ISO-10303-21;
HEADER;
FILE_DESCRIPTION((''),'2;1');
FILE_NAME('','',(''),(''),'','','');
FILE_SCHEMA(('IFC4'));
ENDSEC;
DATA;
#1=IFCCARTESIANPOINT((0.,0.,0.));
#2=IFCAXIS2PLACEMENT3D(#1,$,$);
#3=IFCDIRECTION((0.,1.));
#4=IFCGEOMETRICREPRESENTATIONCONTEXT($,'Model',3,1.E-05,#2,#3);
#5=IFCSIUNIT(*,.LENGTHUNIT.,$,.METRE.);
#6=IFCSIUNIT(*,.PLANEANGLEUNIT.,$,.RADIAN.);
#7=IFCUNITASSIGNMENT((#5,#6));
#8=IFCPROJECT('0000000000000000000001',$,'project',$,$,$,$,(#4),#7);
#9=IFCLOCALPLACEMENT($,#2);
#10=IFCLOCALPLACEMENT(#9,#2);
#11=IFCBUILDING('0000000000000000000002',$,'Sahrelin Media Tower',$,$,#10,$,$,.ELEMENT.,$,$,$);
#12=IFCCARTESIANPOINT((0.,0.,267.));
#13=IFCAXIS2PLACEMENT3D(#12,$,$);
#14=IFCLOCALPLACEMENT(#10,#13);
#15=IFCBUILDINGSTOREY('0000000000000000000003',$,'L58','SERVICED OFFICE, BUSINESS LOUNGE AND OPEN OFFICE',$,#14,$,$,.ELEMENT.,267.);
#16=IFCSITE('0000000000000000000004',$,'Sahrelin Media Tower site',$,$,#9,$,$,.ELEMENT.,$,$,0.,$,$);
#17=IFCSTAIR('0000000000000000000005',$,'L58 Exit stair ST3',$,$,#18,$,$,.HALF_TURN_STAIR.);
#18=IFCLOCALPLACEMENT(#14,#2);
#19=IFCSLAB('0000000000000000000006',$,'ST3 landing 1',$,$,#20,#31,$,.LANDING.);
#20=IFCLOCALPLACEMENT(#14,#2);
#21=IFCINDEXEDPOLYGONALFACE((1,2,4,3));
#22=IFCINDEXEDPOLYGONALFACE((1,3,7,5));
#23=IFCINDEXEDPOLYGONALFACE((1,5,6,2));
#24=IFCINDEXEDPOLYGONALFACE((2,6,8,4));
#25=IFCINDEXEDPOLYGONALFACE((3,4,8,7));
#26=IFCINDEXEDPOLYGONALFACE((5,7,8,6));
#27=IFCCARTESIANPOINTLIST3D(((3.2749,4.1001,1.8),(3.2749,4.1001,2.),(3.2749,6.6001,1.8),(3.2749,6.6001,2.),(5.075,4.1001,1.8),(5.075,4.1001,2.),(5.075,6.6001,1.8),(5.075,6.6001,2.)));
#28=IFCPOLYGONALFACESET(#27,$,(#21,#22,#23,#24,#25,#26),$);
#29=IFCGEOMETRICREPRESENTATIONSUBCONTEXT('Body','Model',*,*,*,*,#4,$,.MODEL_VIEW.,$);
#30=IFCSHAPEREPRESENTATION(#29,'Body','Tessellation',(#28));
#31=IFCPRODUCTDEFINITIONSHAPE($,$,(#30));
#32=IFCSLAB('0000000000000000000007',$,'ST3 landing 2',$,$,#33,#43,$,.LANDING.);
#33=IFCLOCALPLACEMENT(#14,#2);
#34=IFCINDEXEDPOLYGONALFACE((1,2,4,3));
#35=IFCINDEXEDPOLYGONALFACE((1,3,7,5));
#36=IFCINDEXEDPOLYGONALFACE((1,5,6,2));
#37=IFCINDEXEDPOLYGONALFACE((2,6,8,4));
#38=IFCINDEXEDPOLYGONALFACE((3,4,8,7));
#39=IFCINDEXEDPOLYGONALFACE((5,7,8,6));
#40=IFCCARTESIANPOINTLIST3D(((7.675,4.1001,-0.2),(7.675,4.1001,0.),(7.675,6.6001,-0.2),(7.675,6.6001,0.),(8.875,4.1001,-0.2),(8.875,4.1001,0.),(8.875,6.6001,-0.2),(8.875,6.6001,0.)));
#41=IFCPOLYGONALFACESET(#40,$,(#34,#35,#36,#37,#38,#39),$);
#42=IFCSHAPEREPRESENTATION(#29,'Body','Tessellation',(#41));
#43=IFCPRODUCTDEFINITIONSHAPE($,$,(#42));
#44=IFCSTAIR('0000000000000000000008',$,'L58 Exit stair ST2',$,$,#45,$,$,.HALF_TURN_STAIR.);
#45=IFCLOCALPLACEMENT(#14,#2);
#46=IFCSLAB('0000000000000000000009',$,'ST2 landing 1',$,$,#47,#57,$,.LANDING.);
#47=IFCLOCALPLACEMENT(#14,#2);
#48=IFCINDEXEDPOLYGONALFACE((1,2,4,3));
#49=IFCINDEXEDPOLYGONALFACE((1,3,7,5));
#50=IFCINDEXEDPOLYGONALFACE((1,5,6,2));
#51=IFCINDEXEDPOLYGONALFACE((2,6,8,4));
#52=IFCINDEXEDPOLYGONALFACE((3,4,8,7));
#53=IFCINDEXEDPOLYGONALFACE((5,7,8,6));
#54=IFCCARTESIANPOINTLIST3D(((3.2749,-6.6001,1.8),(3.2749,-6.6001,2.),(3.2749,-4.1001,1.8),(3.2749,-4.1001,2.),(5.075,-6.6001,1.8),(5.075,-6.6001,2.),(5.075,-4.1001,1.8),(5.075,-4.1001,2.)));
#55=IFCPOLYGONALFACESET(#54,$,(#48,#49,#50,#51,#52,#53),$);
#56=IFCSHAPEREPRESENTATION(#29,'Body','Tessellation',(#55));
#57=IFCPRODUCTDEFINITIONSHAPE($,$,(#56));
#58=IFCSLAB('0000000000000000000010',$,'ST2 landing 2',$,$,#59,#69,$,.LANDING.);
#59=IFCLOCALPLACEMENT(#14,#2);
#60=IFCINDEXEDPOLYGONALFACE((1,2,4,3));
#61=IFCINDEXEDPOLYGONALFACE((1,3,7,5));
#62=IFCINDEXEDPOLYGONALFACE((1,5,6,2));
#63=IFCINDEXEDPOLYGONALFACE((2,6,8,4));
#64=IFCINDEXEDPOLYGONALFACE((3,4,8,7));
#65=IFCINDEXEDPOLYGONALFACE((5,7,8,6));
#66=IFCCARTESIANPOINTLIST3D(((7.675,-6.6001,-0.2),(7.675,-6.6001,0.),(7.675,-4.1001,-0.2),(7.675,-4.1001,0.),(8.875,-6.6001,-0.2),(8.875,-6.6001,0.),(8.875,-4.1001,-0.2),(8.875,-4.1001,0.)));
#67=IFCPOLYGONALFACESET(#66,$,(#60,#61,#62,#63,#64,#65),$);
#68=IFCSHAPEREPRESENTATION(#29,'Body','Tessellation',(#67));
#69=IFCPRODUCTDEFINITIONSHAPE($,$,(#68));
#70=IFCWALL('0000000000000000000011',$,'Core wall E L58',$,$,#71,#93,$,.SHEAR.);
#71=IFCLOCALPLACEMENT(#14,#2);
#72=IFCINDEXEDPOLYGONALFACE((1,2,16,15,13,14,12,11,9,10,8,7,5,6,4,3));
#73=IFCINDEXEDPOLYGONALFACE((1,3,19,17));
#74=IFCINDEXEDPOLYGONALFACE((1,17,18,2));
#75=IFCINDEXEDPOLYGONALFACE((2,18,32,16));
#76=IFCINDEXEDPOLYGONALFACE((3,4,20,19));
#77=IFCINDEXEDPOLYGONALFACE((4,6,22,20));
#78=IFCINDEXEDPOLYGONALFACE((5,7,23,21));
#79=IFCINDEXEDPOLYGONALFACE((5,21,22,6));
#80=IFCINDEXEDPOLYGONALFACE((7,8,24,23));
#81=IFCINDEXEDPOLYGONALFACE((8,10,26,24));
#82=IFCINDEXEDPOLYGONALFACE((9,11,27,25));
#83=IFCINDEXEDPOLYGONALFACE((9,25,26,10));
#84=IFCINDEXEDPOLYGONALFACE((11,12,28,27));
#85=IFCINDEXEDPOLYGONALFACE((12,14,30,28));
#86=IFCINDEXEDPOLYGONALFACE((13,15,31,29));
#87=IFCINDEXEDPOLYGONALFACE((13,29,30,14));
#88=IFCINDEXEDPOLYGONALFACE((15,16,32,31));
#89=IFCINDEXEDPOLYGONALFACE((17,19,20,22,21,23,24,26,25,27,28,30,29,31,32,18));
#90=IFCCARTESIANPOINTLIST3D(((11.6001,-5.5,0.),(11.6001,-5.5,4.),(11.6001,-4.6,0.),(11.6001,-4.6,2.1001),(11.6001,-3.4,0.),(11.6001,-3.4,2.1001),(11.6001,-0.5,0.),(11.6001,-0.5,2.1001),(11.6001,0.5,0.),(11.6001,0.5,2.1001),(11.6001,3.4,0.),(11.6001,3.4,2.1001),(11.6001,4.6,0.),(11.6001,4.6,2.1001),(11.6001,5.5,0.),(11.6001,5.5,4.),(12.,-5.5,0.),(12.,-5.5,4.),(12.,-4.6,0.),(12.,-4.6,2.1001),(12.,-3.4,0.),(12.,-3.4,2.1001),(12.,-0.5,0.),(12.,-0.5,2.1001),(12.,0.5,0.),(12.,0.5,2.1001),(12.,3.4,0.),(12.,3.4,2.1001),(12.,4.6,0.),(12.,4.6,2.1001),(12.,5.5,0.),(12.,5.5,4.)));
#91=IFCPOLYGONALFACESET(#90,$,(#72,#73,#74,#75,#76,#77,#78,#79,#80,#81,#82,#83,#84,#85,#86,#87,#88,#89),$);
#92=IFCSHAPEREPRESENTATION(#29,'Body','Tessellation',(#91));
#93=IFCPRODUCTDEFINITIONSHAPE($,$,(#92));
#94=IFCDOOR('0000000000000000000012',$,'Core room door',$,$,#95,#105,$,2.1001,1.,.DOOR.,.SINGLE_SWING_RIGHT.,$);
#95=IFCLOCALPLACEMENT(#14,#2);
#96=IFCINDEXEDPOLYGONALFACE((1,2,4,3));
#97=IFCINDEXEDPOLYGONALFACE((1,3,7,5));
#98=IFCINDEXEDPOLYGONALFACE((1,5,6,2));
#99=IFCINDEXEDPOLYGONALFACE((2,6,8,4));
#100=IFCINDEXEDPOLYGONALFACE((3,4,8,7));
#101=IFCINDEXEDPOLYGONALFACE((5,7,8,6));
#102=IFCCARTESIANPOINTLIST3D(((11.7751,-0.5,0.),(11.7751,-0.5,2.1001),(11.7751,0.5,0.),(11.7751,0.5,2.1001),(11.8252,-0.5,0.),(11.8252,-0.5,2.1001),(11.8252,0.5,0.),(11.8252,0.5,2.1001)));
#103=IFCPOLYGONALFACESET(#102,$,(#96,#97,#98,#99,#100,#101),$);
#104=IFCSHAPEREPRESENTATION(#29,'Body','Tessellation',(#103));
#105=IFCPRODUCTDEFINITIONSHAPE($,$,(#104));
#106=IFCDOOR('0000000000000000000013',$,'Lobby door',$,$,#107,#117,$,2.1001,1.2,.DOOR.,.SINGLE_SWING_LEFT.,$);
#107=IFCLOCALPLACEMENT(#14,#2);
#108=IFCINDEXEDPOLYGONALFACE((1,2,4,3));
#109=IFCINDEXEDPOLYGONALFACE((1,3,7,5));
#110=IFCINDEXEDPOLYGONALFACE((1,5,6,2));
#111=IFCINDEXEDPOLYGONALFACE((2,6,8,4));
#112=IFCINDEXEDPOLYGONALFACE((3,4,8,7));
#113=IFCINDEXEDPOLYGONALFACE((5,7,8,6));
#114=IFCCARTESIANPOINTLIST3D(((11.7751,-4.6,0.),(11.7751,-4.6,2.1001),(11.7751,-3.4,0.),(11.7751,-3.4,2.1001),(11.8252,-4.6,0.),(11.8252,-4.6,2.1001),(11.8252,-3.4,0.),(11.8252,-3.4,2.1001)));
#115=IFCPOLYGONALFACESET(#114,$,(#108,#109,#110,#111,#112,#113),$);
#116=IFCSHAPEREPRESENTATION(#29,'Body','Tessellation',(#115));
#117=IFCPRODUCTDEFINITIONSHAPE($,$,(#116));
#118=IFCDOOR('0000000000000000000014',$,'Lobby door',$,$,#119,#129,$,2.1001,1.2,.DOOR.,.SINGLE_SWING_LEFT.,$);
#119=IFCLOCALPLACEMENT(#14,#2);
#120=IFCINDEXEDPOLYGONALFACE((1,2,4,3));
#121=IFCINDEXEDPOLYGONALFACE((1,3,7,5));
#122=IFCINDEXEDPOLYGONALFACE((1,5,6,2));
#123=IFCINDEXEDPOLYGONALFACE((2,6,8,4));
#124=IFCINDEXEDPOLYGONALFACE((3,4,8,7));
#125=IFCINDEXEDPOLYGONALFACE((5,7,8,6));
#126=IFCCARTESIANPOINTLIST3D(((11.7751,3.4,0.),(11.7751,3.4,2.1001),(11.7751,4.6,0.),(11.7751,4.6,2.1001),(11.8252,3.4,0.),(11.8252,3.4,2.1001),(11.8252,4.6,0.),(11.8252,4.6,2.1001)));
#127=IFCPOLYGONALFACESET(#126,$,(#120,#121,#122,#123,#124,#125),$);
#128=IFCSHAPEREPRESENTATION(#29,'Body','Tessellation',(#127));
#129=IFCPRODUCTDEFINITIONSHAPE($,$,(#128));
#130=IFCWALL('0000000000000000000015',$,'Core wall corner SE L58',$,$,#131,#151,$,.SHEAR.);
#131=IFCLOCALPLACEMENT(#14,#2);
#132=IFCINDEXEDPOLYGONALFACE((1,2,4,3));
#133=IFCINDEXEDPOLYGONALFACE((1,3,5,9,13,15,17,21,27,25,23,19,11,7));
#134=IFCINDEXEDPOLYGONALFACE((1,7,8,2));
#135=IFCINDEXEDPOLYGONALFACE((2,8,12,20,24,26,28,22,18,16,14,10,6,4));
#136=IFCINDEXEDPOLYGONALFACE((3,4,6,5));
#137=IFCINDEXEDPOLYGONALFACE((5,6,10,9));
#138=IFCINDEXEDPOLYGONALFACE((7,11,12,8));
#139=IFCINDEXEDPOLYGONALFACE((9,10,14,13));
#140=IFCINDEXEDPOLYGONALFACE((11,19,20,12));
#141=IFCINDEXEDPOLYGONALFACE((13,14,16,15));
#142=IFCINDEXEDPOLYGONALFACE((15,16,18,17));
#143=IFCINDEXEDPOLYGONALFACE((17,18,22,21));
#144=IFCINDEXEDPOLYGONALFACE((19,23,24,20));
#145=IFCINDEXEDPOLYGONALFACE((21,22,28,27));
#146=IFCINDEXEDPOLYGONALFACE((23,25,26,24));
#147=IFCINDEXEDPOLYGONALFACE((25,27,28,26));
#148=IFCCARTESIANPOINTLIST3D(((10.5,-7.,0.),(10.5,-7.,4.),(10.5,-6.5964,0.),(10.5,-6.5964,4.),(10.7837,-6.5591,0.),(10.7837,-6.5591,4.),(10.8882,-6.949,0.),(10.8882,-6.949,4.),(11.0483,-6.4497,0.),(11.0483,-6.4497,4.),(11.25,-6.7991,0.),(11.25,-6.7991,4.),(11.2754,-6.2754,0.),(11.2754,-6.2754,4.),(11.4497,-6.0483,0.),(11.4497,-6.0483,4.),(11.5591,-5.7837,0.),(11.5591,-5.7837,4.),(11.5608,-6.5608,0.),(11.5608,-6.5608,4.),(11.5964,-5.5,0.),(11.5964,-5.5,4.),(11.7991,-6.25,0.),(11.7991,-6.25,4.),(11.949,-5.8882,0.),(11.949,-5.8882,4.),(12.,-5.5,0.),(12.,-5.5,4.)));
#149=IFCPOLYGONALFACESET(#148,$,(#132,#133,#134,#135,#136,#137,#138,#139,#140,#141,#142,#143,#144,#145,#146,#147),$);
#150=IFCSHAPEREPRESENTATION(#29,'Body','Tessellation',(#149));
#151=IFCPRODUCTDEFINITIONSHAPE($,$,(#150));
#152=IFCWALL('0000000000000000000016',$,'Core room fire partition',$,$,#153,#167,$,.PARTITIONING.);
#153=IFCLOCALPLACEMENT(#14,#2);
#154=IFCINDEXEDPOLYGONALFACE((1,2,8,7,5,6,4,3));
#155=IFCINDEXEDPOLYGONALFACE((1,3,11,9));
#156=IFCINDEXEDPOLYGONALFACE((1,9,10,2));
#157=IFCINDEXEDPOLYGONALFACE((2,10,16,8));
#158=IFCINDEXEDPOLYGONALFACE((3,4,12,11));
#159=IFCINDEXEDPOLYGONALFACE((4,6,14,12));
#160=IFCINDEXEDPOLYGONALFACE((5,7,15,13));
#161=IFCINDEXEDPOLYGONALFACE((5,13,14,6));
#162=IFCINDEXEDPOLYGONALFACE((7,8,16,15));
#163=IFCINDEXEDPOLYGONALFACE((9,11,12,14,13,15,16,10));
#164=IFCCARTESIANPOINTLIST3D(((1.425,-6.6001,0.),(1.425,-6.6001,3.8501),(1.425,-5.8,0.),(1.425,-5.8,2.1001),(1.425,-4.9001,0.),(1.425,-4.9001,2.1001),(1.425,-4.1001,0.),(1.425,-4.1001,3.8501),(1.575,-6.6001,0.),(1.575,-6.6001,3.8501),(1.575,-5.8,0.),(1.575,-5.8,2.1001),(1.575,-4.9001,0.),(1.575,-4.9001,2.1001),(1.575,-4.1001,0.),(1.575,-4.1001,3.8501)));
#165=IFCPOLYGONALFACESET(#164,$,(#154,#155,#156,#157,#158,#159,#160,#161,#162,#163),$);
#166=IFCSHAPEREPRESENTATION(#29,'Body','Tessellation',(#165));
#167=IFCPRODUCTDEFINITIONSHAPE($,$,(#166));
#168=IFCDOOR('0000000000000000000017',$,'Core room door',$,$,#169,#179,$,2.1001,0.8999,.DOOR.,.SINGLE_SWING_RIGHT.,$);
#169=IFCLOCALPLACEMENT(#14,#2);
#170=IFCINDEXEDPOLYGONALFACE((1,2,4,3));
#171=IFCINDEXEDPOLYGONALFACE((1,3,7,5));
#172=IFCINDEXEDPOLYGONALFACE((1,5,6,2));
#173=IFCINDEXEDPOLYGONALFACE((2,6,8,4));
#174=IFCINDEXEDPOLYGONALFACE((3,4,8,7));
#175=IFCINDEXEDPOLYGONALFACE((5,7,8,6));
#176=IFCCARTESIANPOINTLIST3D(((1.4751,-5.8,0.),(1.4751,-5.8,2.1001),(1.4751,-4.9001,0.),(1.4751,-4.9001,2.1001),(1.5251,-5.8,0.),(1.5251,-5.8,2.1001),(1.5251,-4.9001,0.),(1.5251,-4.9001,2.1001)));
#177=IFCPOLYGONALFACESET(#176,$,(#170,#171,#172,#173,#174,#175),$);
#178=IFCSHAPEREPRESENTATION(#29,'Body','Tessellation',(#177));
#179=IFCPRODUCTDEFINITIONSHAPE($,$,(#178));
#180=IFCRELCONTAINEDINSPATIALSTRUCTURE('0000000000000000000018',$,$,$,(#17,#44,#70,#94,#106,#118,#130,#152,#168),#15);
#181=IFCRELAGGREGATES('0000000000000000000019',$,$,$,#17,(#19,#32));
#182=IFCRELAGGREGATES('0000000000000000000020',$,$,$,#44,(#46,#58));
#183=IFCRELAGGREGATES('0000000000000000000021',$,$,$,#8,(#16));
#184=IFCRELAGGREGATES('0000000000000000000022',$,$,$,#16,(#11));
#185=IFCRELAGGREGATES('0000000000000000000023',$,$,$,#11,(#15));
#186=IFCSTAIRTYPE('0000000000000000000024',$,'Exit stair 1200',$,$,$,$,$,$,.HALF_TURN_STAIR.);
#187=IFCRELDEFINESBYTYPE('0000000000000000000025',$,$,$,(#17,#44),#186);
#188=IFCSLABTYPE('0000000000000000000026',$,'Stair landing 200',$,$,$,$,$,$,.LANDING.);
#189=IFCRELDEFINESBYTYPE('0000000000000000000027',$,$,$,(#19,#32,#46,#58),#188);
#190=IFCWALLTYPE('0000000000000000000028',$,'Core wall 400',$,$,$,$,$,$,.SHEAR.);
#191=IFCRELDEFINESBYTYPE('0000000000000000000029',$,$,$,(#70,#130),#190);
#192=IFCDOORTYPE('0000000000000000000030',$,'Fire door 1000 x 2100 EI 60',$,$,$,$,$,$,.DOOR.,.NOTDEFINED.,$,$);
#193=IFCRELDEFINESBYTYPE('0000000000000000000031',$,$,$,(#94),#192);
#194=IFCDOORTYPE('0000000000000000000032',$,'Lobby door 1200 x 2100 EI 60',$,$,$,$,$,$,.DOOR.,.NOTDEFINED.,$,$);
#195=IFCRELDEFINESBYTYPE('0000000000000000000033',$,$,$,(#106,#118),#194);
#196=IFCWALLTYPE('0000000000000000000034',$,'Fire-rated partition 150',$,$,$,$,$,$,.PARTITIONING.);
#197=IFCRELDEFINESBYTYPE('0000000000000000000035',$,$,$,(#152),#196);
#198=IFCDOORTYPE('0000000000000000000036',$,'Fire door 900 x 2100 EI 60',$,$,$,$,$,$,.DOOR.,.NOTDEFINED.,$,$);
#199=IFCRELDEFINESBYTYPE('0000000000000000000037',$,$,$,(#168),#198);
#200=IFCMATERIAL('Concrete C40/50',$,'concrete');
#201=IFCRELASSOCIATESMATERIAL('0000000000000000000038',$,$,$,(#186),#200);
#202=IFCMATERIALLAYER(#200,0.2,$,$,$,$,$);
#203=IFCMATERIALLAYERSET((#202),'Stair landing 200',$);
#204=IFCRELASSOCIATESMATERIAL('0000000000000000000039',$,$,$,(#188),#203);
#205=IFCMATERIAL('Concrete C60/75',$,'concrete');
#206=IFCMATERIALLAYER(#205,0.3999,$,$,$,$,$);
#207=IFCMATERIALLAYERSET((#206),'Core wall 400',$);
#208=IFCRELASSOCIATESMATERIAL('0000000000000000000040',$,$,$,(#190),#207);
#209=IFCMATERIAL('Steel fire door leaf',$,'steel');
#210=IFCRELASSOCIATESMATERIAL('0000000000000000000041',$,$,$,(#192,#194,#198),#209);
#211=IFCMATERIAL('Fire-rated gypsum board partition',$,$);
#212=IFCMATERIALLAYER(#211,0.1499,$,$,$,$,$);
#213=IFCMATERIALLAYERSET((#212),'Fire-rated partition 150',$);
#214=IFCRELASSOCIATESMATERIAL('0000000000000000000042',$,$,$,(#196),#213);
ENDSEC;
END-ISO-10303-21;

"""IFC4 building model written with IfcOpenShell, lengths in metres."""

from ifc_helpers import new_model, si_unit, direction, frame, frame_2d, origin, place, context, subcontext, project, spatial, polyline, rectangle, outline, extrude, material, layer, layer_set, type_object, element, fill, aggregate, save


model = new_model("IFC4")

# Units and contexts
model_context = context("Model", 3, precision=1e-05, world=origin(), true_north=direction((0.0, 1.0)))
body_context = subcontext(model_context, "Body", "Model", "MODEL_VIEW")
ifc_project = project(units=[si_unit("LENGTHUNIT", "METRE"), si_unit("PLANEANGLEUNIT", "RADIAN")], contexts=[model_context])

# Site, building, storey
site_placement = place(None, origin())
site = spatial("IfcSite", under=ifc_project, at=site_placement, Name="Sahrelin Media Tower site", CompositionType="ELEMENT", RefElevation=0.0)
building_placement = place(site_placement, origin())
building = spatial("IfcBuilding", under=site, at=building_placement, Name="Sahrelin Media Tower", CompositionType="ELEMENT")
storey_placement = place(building_placement, frame((0.0, 0.0, 267.0)))
storey = spatial("IfcBuildingStorey", under=building, at=storey_placement, Name="L58", Description="SERVICED OFFICE, BUSINESS LOUNGE AND OPEN OFFICE", CompositionType="ELEMENT", Elevation=267.0)

# Shared definitions
ifc_material_1 = material(Name="Concrete C40/50", Category="concrete")

# Stairs, slabs
stair_type = type_object("IfcStairType", Name="Exit stair 1200", PredefinedType="HALF_TURN_STAIR", material=ifc_material_1)
placement_1 = place(storey_placement, origin())
ifc_layer_1 = layer(ifc_material_1, 0.2)
ifc_layer_set_1 = layer_set([ifc_layer_1], Name="Stair landing 200")
slab_type_1 = type_object("IfcSlabType", Name="Stair landing 200", PredefinedType="LANDING", material=ifc_layer_set_1)
placement_2 = place(storey_placement, frame((0.0, 0.0, 1.8)))
placement_3 = place(storey_placement, frame((0.0, 0.0, -0.2)))
stair_1 = element("IfcStair", 1, at=placement_1, inside=storey, type_object=stair_type, Name="L58 Exit stair ST3", PredefinedType="HALF_TURN_STAIR")
slab_1 = element("IfcSlab", 2, at=placement_2, type_object=slab_type_1, Name="ST3 landing 1", PredefinedType="LANDING", context=body_context, shape_type="SweptSolid", body=[
    extrude(outline(polyline([(5.075, 6.6001), (3.2749, 6.6001), (3.2749, 4.1001), (5.075, 4.1001), (5.075, 6.6001)])), origin(), (0.0, 0.0, 1.0), 0.2),
])
slab_2 = element("IfcSlab", 3, at=placement_3, type_object=slab_type_1, Name="ST3 landing 2", PredefinedType="LANDING", context=body_context, shape_type="SweptSolid", body=[
    extrude(outline(polyline([(8.875, 6.6001), (7.675, 6.6001), (7.675, 4.1001), (8.875, 4.1001), (8.875, 6.6001)])), origin(), (0.0, 0.0, 1.0), 0.2),
])
aggregate(stair_1, [slab_1, slab_2])
stair_2 = element("IfcStair", 4, at=placement_1, inside=storey, type_object=stair_type, Name="L58 Exit stair ST2", PredefinedType="HALF_TURN_STAIR")
slab_3 = element("IfcSlab", 5, at=placement_2, type_object=slab_type_1, Name="ST2 landing 1", PredefinedType="LANDING", context=body_context, shape_type="SweptSolid", body=[
    extrude(outline(polyline([(5.075, -4.1001), (3.2749, -4.1001), (3.2749, -6.6001), (5.075, -6.6001), (5.075, -4.1001)])), origin(), (0.0, 0.0, 1.0), 0.2),
])
slab_4 = element("IfcSlab", 6, at=placement_3, type_object=slab_type_1, Name="ST2 landing 2", PredefinedType="LANDING", context=body_context, shape_type="SweptSolid", body=[
    extrude(outline(polyline([(8.875, -4.1001), (7.675, -4.1001), (7.675, -6.6001), (8.875, -6.6001), (8.875, -4.1001)])), origin(), (0.0, 0.0, 1.0), 0.2),
])
aggregate(stair_2, [slab_3, slab_4])

# Wall, openings, doors
ifc_material_2 = material(Name="Concrete C60/75", Category="concrete")
ifc_layer_2 = layer(ifc_material_2, 0.3999)
ifc_layer_set_2 = layer_set([ifc_layer_2], Name="Core wall 400")
wall_type_1 = type_object("IfcWallType", Name="Core wall 400", PredefinedType="SHEAR", material=ifc_layer_set_2)
wall_1_placement = place(storey_placement, frame((11.8, -5.5, 0.0), z_axis=(0.0, 0.0, 1.0), x_axis=(0.0, 1.0, 0.0)))
wall_1 = element("IfcWall", 7, at=wall_1_placement, inside=storey, type_object=wall_type_1, Name="Core wall E L58", PredefinedType="SHEAR", context=body_context, shape_type="SweptSolid", body=[
    extrude(rectangle(XDim=11.0, YDim=0.3999, at=frame_2d((5.5, 0.0))), origin(), (0.0, 0.0, 1.0), 4.0),
])
opening_1_placement = place(wall_1_placement, frame((5.0, 0.0, 0.0)))
opening_1 = element("IfcOpeningElement", 8, at=opening_1_placement, cuts=wall_1, PredefinedType="OPENING", context=body_context, shape_type="SweptSolid", body=[
    extrude(rectangle(XDim=1.0, YDim=2.1001, at=frame_2d((0.5, 1.05))), frame((0.0, 0.2, 0.0), z_axis=(0.0, -1.0, 0.0), x_axis=(1.0, 0.0, 0.0)), (0.0, 0.0, 1.0), 0.3999),
])
opening_2_placement = place(wall_1_placement, frame((0.8999, 0.0, 0.0)))
opening_2 = element("IfcOpeningElement", 9, at=opening_2_placement, cuts=wall_1, PredefinedType="OPENING", context=body_context, shape_type="SweptSolid", body=[
    extrude(rectangle(XDim=1.2, YDim=2.1001, at=frame_2d((0.6001, 1.05))), frame((0.0, 0.2, 0.0), z_axis=(0.0, -1.0, 0.0), x_axis=(1.0, 0.0, 0.0)), (0.0, 0.0, 1.0), 0.3999),
])
opening_3_placement = place(wall_1_placement, frame((8.8999, 0.0, 0.0)))
opening_3 = element("IfcOpeningElement", 10, at=opening_3_placement, cuts=wall_1, PredefinedType="OPENING", context=body_context, shape_type="SweptSolid", body=[
    extrude(rectangle(XDim=1.2, YDim=2.1001, at=frame_2d((0.6001, 1.05))), frame((0.0, 0.2, 0.0), z_axis=(0.0, -1.0, 0.0), x_axis=(1.0, 0.0, 0.0)), (0.0, 0.0, 1.0), 0.3999),
])
ifc_material_3 = material(Name="Steel fire door leaf", Category="steel")
door_type_1 = type_object("IfcDoorType", Name="Fire door 1000 x 2100 EI 60", OperationType="NOTDEFINED", PredefinedType="DOOR", material=ifc_material_3)
door_1_placement = place(opening_1_placement, origin())
door_1 = element("IfcDoor", 11, at=door_1_placement, inside=storey, type_object=door_type_1, Name="Core room door", OperationType="SINGLE_SWING_RIGHT", OverallHeight=2.1001, OverallWidth=1.0, PredefinedType="DOOR", context=body_context, shape_type="SweptSolid", body=[
    extrude(rectangle(XDim=1.0, YDim=2.1001, at=frame_2d((0.5, 1.05))), frame((0.0, 0.0249, 0.0), z_axis=(0.0, -1.0, 0.0), x_axis=(1.0, 0.0, 0.0)), (0.0, 0.0, 1.0), 0.05),
])
fill(opening_1, door_1)
door_type_2 = type_object("IfcDoorType", Name="Lobby door 1200 x 2100 EI 60", OperationType="NOTDEFINED", PredefinedType="DOOR", material=ifc_material_3)
door_2_placement = place(opening_2_placement, origin())
door_2 = element("IfcDoor", 12, at=door_2_placement, inside=storey, type_object=door_type_2, Name="Lobby door", OperationType="SINGLE_SWING_LEFT", OverallHeight=2.1001, OverallWidth=1.2, PredefinedType="DOOR", context=body_context, shape_type="SweptSolid", body=[
    extrude(rectangle(XDim=1.2, YDim=2.1001, at=frame_2d((0.6001, 1.05))), frame((0.0, 0.0249, 0.0), z_axis=(0.0, -1.0, 0.0), x_axis=(1.0, 0.0, 0.0)), (0.0, 0.0, 1.0), 0.05),
])
fill(opening_2, door_2)
door_3_placement = place(opening_3_placement, origin())
door_3 = element("IfcDoor", 13, at=door_3_placement, inside=storey, type_object=door_type_2, Name="Lobby door", OperationType="SINGLE_SWING_LEFT", OverallHeight=2.1001, OverallWidth=1.2, PredefinedType="DOOR", context=body_context, shape_type="SweptSolid", body=[
    extrude(rectangle(XDim=1.2, YDim=2.1001, at=frame_2d((0.6001, 1.05))), frame((0.0, 0.0249, 0.0), z_axis=(0.0, -1.0, 0.0), x_axis=(1.0, 0.0, 0.0)), (0.0, 0.0, 1.0), 0.05),
])
fill(opening_3, door_3)

# Wall
element("IfcWall", 14, at=placement_1, inside=storey, type_object=wall_type_1, Name="Core wall corner SE L58", PredefinedType="SHEAR", context=body_context, shape_type="SweptSolid", body=[
    extrude(outline(polyline([(12.0, -5.5), (11.5964, -5.5), (11.5591, -5.7837), (11.4497, -6.0483), (11.2754, -6.2754), (11.0483, -6.4497), (10.7837, -6.5591), (10.5, -6.5964), (10.5, -7.0), (10.8882, -6.949), (11.25, -6.7991), (11.5608, -6.5608), (11.7991, -6.25), (11.949, -5.8882), (12.0, -5.5)])), origin(), (0.0, 0.0, 1.0), 4.0),
])

# Wall, opening, door
ifc_material_4 = material(Name="Fire-rated gypsum board partition")
ifc_layer_3 = layer(ifc_material_4, 0.1499)
ifc_layer_set_3 = layer_set([ifc_layer_3], Name="Fire-rated partition 150")
wall_type_2 = type_object("IfcWallType", Name="Fire-rated partition 150", PredefinedType="PARTITIONING", material=ifc_layer_set_3)
wall_2_placement = place(storey_placement, frame((1.5, -6.6001, 0.0), z_axis=(0.0, 0.0, 1.0), x_axis=(0.0, 1.0, 0.0)))
wall_2 = element("IfcWall", 15, at=wall_2_placement, inside=storey, type_object=wall_type_2, Name="Core room fire partition", PredefinedType="PARTITIONING", context=body_context, shape_type="SweptSolid", body=[
    extrude(rectangle(XDim=2.5, YDim=0.1499, at=frame_2d((1.25, 0.0))), origin(), (0.0, 0.0, 1.0), 3.8501),
])
opening_4_placement = place(wall_2_placement, frame((0.8, 0.0, 0.0)))
opening_4 = element("IfcOpeningElement", 16, at=opening_4_placement, cuts=wall_2, PredefinedType="OPENING", context=body_context, shape_type="SweptSolid", body=[
    extrude(rectangle(XDim=0.8999, YDim=2.1001, at=frame_2d((0.45, 1.05))), frame((0.0, 0.075, 0.0), z_axis=(0.0, -1.0, 0.0), x_axis=(1.0, 0.0, 0.0)), (0.0, 0.0, 1.0), 0.1499),
])
door_type_3 = type_object("IfcDoorType", Name="Fire door 900 x 2100 EI 60", OperationType="NOTDEFINED", PredefinedType="DOOR", material=ifc_material_3)
door_4_placement = place(opening_4_placement, origin())
door_4 = element("IfcDoor", 17, at=door_4_placement, inside=storey, type_object=door_type_3, Name="Core room door", OperationType="SINGLE_SWING_RIGHT", OverallHeight=2.1001, OverallWidth=0.8999, PredefinedType="DOOR", context=body_context, shape_type="SweptSolid", body=[
    extrude(rectangle(XDim=0.8999, YDim=2.1001, at=frame_2d((0.45, 1.05))), frame((0.0, 0.0249, 0.0), z_axis=(0.0, -1.0, 0.0), x_axis=(1.0, 0.0, 0.0)), (0.0, 0.0, 1.0), 0.05),
])
fill(opening_4, door_4)

save(model, "model.ifc")
